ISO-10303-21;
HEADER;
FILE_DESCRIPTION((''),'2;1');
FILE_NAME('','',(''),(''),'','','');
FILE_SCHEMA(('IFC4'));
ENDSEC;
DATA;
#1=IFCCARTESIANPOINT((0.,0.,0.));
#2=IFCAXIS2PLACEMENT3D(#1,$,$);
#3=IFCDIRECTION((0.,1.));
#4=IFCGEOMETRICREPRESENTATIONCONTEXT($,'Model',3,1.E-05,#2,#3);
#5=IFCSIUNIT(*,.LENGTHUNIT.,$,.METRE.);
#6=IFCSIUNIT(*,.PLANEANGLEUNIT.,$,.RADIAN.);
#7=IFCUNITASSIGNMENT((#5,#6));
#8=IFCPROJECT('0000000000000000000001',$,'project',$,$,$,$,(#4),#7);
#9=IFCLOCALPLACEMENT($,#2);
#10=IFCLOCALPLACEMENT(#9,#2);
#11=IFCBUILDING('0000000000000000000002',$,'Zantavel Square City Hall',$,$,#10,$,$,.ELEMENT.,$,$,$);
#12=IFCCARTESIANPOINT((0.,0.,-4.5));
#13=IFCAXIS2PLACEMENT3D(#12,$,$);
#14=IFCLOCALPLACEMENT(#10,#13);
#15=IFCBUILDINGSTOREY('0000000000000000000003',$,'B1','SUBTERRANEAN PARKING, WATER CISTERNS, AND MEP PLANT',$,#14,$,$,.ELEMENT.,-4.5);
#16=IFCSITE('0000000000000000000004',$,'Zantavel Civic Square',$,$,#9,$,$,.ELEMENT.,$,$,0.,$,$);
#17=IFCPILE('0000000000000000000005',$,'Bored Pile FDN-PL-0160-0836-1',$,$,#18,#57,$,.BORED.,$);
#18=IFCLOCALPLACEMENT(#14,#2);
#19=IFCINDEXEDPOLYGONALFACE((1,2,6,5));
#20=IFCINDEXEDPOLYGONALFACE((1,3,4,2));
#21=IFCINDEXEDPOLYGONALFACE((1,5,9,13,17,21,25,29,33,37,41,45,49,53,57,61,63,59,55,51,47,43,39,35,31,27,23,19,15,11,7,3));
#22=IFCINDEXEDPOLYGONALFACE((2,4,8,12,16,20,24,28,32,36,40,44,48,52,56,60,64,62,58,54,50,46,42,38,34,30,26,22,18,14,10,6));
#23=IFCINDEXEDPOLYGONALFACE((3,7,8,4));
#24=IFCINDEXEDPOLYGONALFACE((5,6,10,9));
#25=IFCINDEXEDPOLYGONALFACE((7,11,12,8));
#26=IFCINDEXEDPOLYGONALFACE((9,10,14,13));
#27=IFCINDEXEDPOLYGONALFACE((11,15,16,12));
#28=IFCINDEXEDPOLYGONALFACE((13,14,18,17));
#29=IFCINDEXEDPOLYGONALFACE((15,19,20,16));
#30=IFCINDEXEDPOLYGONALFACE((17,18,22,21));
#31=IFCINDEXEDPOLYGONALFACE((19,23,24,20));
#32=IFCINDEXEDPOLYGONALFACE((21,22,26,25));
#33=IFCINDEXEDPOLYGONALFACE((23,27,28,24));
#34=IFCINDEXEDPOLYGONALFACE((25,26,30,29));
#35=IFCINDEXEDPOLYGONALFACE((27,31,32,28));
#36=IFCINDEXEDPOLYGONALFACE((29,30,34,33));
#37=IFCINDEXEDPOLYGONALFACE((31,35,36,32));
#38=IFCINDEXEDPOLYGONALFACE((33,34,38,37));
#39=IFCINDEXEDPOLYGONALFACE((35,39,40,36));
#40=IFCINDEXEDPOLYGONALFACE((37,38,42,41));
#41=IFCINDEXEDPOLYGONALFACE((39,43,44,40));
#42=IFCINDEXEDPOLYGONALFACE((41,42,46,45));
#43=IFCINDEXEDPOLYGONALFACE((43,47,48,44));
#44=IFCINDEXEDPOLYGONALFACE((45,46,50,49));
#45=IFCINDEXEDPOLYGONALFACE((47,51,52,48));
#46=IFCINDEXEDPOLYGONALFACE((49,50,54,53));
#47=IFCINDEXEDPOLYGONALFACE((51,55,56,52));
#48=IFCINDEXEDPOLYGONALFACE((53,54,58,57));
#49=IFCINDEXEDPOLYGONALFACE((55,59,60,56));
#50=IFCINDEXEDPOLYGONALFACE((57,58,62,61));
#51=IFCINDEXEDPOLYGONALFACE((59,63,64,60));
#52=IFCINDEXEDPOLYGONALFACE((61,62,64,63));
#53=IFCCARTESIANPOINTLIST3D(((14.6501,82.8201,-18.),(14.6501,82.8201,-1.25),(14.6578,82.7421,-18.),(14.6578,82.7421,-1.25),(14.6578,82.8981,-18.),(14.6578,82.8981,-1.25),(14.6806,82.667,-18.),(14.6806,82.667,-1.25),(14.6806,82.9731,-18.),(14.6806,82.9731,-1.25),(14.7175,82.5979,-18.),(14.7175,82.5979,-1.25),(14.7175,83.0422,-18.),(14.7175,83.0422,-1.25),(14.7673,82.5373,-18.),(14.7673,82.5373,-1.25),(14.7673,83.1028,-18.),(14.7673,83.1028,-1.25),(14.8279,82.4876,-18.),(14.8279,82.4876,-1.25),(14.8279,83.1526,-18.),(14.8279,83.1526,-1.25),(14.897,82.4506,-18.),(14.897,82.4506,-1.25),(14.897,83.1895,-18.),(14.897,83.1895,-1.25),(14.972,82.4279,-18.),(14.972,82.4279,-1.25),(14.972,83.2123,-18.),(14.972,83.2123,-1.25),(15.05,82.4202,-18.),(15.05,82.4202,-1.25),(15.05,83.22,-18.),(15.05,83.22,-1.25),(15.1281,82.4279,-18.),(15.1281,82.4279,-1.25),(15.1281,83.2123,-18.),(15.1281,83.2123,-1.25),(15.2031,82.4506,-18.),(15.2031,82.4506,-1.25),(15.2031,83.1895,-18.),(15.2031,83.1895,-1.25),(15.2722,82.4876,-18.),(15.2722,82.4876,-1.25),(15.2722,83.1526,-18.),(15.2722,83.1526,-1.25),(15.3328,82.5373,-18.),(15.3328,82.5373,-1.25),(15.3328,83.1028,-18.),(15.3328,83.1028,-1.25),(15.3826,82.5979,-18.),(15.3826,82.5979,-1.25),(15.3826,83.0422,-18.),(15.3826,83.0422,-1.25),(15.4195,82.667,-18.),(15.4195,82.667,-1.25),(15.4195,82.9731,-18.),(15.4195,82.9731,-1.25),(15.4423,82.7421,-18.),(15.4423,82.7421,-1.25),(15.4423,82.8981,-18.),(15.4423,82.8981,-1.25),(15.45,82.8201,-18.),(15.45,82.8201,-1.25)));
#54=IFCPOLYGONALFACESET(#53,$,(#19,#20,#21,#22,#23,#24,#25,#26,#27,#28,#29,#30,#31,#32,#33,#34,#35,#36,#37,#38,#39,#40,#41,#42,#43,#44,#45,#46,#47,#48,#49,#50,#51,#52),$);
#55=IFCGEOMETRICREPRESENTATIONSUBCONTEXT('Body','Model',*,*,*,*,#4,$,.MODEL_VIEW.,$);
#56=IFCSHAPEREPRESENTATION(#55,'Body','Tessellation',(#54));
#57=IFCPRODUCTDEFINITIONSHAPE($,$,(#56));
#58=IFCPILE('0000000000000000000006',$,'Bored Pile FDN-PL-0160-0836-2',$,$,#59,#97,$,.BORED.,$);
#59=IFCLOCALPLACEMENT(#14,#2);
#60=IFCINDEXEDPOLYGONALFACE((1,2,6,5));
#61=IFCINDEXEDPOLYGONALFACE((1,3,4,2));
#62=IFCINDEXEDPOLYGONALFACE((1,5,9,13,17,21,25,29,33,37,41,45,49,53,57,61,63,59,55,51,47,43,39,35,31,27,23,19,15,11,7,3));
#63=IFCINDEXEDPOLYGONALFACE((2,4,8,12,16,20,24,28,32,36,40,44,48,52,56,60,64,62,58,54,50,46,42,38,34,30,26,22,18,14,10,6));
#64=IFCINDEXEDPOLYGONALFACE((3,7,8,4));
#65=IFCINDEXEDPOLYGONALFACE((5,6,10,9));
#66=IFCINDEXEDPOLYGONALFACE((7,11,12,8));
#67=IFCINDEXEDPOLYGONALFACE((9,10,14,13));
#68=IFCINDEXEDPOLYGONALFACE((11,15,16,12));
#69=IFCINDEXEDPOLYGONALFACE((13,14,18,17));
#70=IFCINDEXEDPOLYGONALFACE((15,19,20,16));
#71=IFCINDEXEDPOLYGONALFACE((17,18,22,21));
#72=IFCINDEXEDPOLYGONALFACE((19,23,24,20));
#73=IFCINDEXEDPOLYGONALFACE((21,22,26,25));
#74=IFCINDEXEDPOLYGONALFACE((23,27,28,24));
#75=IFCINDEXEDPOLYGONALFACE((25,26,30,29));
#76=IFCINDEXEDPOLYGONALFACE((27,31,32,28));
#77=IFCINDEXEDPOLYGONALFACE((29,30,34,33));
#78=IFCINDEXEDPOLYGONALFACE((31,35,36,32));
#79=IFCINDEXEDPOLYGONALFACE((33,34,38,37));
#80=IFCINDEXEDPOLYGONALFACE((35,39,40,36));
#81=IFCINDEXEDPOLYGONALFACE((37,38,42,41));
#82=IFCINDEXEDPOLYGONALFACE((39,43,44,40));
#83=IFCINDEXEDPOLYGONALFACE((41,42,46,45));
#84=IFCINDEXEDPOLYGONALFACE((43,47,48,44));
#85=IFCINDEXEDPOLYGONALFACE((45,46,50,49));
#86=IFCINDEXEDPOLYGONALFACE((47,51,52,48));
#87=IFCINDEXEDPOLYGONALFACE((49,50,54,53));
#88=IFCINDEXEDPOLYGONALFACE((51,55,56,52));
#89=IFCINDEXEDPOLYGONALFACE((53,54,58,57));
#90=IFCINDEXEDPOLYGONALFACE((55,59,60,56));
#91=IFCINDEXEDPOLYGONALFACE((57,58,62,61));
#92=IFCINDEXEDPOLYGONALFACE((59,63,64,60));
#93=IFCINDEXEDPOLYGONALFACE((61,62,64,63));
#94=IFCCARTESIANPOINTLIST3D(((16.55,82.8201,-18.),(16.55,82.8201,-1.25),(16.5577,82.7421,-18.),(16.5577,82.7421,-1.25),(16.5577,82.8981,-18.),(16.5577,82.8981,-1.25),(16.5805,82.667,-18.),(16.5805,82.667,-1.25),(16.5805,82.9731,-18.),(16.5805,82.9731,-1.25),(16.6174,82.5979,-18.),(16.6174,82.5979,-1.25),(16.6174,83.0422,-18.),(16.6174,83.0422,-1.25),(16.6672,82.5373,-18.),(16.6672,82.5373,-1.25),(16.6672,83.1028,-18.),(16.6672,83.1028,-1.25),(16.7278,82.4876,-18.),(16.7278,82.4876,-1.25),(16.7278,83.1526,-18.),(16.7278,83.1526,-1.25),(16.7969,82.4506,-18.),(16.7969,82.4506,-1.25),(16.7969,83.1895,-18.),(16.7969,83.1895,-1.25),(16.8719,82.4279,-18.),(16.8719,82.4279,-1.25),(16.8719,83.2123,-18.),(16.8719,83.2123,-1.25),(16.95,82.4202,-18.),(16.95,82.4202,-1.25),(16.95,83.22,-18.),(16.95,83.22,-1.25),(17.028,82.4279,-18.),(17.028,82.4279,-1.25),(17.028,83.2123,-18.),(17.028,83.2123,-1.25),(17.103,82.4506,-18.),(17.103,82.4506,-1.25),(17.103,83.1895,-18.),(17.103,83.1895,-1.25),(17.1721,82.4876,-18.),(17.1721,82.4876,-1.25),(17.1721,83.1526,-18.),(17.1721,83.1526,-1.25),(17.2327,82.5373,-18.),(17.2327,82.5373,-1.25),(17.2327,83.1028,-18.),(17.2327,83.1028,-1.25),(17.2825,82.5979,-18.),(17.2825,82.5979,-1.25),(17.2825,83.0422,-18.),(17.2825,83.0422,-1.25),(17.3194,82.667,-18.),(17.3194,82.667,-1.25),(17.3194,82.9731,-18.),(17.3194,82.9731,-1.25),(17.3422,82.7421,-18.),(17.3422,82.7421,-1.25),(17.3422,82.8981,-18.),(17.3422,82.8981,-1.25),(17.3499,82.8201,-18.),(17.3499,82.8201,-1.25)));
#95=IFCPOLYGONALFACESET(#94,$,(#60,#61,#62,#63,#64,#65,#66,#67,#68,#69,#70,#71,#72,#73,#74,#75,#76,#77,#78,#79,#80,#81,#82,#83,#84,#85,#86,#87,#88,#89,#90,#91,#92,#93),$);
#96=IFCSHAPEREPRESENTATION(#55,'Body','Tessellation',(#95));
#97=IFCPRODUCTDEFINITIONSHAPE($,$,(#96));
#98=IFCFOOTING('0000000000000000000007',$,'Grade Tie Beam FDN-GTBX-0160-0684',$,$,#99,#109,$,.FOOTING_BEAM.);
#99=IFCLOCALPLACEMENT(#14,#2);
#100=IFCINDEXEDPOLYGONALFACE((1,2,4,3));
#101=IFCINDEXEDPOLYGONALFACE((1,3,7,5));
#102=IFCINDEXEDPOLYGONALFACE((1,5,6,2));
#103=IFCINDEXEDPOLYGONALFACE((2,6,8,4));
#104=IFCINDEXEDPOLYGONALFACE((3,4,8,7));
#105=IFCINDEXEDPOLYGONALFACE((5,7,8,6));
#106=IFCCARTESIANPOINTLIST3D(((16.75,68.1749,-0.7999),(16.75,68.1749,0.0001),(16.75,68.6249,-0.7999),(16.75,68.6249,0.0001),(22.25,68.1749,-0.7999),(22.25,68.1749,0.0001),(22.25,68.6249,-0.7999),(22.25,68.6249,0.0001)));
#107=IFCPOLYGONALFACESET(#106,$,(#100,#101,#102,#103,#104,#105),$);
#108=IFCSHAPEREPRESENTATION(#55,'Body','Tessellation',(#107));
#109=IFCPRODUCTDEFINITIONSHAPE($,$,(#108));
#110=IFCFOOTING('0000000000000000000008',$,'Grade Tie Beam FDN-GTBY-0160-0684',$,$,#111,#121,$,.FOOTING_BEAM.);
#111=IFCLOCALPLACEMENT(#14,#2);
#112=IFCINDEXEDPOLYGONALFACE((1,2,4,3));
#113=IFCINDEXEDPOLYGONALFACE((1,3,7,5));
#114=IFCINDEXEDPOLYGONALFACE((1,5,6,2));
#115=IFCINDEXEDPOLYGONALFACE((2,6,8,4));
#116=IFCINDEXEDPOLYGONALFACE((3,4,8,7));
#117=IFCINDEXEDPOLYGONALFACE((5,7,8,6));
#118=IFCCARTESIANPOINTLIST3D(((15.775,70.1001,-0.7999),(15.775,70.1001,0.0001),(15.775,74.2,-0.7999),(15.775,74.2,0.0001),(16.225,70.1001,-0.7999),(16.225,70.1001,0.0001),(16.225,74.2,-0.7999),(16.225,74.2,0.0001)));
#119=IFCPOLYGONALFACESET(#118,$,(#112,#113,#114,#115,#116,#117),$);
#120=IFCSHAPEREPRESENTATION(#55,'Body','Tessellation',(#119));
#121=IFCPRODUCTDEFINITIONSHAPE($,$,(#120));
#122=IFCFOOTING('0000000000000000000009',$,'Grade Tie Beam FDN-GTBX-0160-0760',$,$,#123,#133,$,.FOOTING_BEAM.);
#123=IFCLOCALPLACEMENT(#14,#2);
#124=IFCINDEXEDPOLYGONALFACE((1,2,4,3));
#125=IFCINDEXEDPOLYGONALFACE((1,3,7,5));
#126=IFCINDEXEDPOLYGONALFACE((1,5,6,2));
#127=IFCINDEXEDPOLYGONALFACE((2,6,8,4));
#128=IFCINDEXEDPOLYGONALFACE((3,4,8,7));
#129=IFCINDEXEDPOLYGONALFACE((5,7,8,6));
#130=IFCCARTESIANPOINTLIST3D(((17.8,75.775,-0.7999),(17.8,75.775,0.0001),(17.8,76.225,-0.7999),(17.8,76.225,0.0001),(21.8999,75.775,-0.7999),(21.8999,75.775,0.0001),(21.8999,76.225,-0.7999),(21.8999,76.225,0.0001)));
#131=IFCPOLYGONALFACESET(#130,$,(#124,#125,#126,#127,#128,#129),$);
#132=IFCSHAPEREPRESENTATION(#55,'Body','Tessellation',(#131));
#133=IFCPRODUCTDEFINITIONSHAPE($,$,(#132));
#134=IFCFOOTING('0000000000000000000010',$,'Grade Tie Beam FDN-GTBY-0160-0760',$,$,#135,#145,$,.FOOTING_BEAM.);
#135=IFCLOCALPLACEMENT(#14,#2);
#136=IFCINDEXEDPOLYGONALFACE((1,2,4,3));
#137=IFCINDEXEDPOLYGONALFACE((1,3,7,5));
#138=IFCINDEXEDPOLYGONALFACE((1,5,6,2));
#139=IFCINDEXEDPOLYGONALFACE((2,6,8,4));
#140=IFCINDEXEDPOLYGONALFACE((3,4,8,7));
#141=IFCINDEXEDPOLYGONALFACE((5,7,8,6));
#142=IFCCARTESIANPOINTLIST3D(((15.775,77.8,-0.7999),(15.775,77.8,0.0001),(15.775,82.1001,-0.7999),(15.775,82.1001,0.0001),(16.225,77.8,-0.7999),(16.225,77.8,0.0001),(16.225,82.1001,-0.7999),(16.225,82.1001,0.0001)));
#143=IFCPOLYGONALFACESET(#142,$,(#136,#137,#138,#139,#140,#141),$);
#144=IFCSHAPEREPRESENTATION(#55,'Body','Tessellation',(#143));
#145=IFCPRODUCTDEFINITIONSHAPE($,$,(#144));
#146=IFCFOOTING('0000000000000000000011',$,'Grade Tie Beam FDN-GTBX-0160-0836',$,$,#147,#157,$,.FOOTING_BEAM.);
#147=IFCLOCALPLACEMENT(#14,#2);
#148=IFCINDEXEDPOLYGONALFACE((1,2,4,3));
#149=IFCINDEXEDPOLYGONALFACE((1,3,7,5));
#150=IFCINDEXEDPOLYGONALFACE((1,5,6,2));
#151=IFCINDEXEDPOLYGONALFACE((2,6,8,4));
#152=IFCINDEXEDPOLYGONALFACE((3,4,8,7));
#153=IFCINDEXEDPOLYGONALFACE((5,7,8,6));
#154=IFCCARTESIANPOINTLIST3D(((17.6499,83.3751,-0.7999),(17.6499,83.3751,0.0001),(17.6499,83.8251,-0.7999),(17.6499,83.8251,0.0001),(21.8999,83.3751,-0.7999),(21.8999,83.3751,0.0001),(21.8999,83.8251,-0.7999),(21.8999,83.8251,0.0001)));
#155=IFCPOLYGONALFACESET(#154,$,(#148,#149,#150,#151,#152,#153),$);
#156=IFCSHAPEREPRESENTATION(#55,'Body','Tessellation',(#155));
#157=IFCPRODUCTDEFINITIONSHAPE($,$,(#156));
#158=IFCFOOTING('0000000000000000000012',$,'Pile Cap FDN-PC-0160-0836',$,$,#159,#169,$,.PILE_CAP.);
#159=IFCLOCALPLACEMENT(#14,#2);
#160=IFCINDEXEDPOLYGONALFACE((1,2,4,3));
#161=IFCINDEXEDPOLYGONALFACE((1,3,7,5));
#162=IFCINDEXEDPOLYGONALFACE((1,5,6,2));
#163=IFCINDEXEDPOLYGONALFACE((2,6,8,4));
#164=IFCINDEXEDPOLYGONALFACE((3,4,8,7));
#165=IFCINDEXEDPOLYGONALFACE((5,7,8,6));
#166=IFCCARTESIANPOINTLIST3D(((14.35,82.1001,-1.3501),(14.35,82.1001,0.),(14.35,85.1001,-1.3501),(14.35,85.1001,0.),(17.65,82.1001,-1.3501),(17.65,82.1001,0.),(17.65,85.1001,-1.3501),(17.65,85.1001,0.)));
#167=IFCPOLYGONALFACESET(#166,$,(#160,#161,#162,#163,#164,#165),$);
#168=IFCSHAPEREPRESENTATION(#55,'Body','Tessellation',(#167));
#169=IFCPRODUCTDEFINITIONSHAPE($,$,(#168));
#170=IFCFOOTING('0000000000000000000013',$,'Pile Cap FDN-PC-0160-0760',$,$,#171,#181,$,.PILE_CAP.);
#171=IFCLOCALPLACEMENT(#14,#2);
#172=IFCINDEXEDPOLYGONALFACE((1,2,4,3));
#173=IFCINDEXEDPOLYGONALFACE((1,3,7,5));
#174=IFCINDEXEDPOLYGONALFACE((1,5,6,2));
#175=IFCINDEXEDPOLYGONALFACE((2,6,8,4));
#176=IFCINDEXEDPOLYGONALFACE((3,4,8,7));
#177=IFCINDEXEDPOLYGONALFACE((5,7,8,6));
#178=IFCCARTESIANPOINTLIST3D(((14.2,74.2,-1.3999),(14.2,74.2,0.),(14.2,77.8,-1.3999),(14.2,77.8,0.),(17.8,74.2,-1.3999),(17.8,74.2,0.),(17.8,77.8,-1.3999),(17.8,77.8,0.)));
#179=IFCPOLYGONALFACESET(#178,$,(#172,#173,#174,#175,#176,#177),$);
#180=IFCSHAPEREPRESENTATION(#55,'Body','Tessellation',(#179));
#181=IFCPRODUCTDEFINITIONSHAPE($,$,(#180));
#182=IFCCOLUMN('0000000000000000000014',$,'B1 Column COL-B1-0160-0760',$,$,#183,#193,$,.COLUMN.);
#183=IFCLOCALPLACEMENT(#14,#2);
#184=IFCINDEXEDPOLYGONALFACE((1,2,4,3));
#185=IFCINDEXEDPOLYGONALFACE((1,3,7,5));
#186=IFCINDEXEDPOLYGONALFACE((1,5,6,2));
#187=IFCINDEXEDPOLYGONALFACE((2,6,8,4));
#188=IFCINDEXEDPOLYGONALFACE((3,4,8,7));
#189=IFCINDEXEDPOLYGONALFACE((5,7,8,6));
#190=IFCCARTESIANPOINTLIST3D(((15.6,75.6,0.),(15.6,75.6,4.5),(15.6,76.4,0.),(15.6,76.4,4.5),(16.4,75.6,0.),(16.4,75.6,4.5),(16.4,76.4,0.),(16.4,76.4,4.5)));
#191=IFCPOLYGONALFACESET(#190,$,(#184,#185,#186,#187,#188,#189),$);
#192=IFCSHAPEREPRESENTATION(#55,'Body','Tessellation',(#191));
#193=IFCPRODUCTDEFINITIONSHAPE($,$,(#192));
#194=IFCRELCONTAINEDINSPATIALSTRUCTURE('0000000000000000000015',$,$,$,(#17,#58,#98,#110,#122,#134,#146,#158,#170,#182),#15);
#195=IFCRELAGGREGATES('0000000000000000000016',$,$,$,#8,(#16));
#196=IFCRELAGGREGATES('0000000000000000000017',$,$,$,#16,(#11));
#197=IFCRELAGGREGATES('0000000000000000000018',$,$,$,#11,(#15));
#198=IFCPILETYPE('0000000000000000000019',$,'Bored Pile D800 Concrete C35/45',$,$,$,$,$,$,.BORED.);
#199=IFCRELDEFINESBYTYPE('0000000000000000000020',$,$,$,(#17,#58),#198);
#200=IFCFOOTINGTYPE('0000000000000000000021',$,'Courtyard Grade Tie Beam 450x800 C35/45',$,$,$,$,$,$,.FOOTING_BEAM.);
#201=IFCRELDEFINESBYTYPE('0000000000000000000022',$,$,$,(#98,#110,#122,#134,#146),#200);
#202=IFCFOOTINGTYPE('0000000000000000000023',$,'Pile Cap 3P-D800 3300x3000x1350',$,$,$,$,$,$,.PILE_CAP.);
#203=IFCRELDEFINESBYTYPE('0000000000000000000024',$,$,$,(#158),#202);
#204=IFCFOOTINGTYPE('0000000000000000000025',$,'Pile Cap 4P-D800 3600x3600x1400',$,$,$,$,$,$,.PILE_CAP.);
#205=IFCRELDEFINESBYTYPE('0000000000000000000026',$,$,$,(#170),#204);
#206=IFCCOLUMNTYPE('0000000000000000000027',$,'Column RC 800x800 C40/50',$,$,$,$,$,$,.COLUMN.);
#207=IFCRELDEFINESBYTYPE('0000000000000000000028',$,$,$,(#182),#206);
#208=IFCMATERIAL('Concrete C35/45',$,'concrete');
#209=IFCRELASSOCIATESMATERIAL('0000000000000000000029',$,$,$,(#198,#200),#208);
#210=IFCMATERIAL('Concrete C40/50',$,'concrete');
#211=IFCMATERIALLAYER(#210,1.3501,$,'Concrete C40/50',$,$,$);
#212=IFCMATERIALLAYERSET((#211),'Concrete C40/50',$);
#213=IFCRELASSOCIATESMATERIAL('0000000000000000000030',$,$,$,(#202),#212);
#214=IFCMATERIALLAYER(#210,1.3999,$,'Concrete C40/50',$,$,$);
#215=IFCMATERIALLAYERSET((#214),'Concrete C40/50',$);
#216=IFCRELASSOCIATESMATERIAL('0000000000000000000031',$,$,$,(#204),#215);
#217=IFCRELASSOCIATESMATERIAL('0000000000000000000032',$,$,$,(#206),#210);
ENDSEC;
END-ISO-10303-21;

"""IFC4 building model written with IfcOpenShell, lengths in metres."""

from ifc_helpers import new_model, si_unit, direction, frame, origin, origin_2d, place, context, subcontext, project, spatial, rectangle, circle, extrude, material, layer, layer_set, material_profile, profile_set, type_object, element, save


model = new_model("IFC4")

# Units and contexts
model_context = context("Model", 3, precision=1e-05, world=origin(), true_north=direction((0.0, 1.0)))
body_context = subcontext(model_context, "Body", "Model", "MODEL_VIEW")
ifc_project = project(units=[si_unit("LENGTHUNIT", "METRE"), si_unit("PLANEANGLEUNIT", "RADIAN")], contexts=[model_context])

# Site, building, storey
site_placement = place(None, origin())
site = spatial("IfcSite", under=ifc_project, at=site_placement, Name="Zantavel Civic Square", CompositionType="ELEMENT", RefElevation=0.0)
building_placement = place(site_placement, origin())
building = spatial("IfcBuilding", under=site, at=building_placement, Name="Zantavel Square City Hall", CompositionType="ELEMENT")
storey_placement = place(building_placement, frame((0.0, 0.0, -4.5)))
storey = spatial("IfcBuildingStorey", under=building, at=storey_placement, Name="B1", Description="SUBTERRANEAN PARKING, WATER CISTERNS, AND MEP PLANT", CompositionType="ELEMENT", Elevation=-4.5)

# Piles
ifc_material_1 = material(Name="Concrete C35/45", Category="concrete")
ifc_material_profile_1 = material_profile(ifc_material_1, circle(Radius=0.3999, at=origin_2d()), Name="PILE D800")
ifc_profile_set_1 = profile_set([ifc_material_profile_1], Name="Concrete C35/45")
pile_type = type_object("IfcPileType", Name="Bored Pile D800 Concrete C35/45", PredefinedType="BORED", material=ifc_profile_set_1)
for number, where, z_axis, x_axis, name in (
    (1, (15.05, 82.8201, -1.25), (0.0, 0.0, -1.0), (1.0, 0.0, 0.0), "Bored Pile FDN-PL-0160-0836-1"),
    (2, (16.95, 82.8201, -1.25), (0.0, 0.0, -1.0), (1.0, 0.0, 0.0), "Bored Pile FDN-PL-0160-0836-2"),
):
    element("IfcPile", number, at=place(storey_placement, frame(where, z_axis=z_axis, x_axis=x_axis)), inside=storey, type_object=pile_type, Name=name, PredefinedType="BORED", context=body_context, shape_type="SweptSolid", body=[
        extrude(circle(Radius=0.3999, at=origin_2d()), origin(), (0.0, 0.0, 1.0), 16.75),
    ])

# Footings
ifc_material_profile_2 = material_profile(ifc_material_1, rectangle(XDim=0.45, YDim=0.8, at=origin_2d()), Name="RC 450x800")
ifc_profile_set_2 = profile_set([ifc_material_profile_2], Name="Concrete C35/45")
footing_type_1 = type_object("IfcFootingType", Name="Courtyard Grade Tie Beam 450x800 C35/45", PredefinedType="FOOTING_BEAM", material=ifc_profile_set_2)
footing_1_placement = place(storey_placement, frame((16.75, 68.3999, -0.3999), z_axis=(1.0, 0.0, 0.0), x_axis=(0.0, 1.0, 0.0)))
element("IfcFooting", 3, at=footing_1_placement, inside=storey, type_object=footing_type_1, Name="Grade Tie Beam FDN-GTBX-0160-0684", PredefinedType="FOOTING_BEAM", context=body_context, shape_type="SweptSolid", body=[
    extrude(rectangle(XDim=0.45, YDim=0.8, at=origin_2d()), origin(), (0.0, 0.0, 1.0), 5.5),
])
for number, where, z_axis, x_axis, name in (
    (4, (16.0, 70.1001, -0.3999), (0.0, 1.0, 0.0), (-1.0, 0.0, 0.0), "Grade Tie Beam FDN-GTBY-0160-0684"),
    (5, (17.8, 76.0, -0.3999), (1.0, 0.0, 0.0), (0.0, 1.0, 0.0), "Grade Tie Beam FDN-GTBX-0160-0760"),
):
    element("IfcFooting", number, at=place(storey_placement, frame(where, z_axis=z_axis, x_axis=x_axis)), inside=storey, type_object=footing_type_1, Name=name, PredefinedType="FOOTING_BEAM", context=body_context, shape_type="SweptSolid", body=[
        extrude(rectangle(XDim=0.45, YDim=0.8, at=origin_2d()), origin(), (0.0, 0.0, 1.0), 4.0999),
    ])
footing_2_placement = place(storey_placement, frame((16.0, 77.8, -0.3999), z_axis=(0.0, 1.0, 0.0), x_axis=(-1.0, 0.0, 0.0)))
element("IfcFooting", 6, at=footing_2_placement, inside=storey, type_object=footing_type_1, Name="Grade Tie Beam FDN-GTBY-0160-0760", PredefinedType="FOOTING_BEAM", context=body_context, shape_type="SweptSolid", body=[
    extrude(rectangle(XDim=0.45, YDim=0.8, at=origin_2d()), origin(), (0.0, 0.0, 1.0), 4.3),
])
footing_3_placement = place(storey_placement, frame((17.6499, 83.6001, -0.3999), z_axis=(1.0, 0.0, 0.0), x_axis=(0.0, 1.0, 0.0)))
element("IfcFooting", 7, at=footing_3_placement, inside=storey, type_object=footing_type_1, Name="Grade Tie Beam FDN-GTBX-0160-0836", PredefinedType="FOOTING_BEAM", context=body_context, shape_type="SweptSolid", body=[
    extrude(rectangle(XDim=0.45, YDim=0.8, at=origin_2d()), origin(), (0.0, 0.0, 1.0), 4.25),
])
ifc_material_2 = material(Name="Concrete C40/50", Category="concrete")
ifc_layer_1 = layer(ifc_material_2, 1.3501, Name="Concrete C40/50")
ifc_layer_set_1 = layer_set([ifc_layer_1], Name="Concrete C40/50")
footing_type_2 = type_object("IfcFootingType", Name="Pile Cap 3P-D800 3300x3000x1350", PredefinedType="PILE_CAP", material=ifc_layer_set_1)
footing_4_placement = place(storey_placement, frame((16.0, 83.6001, -1.3501), z_axis=(0.0, 0.0, 1.0), x_axis=(1.0, 0.0, 0.0)))
element("IfcFooting", 8, at=footing_4_placement, inside=storey, type_object=footing_type_2, Name="Pile Cap FDN-PC-0160-0836", PredefinedType="PILE_CAP", context=body_context, shape_type="SweptSolid", body=[
    extrude(rectangle(XDim=3.3, YDim=3.0, at=origin_2d()), origin(), (0.0, 0.0, 1.0), 1.3501),
])
ifc_layer_2 = layer(ifc_material_2, 1.3999, Name="Concrete C40/50")
ifc_layer_set_2 = layer_set([ifc_layer_2], Name="Concrete C40/50")
footing_type_3 = type_object("IfcFootingType", Name="Pile Cap 4P-D800 3600x3600x1400", PredefinedType="PILE_CAP", material=ifc_layer_set_2)
footing_5_placement = place(storey_placement, frame((16.0, 76.0, -1.3999), z_axis=(0.0, 0.0, 1.0), x_axis=(1.0, 0.0, 0.0)))
element("IfcFooting", 9, at=footing_5_placement, inside=storey, type_object=footing_type_3, Name="Pile Cap FDN-PC-0160-0760", PredefinedType="PILE_CAP", context=body_context, shape_type="SweptSolid", body=[
    extrude(rectangle(XDim=3.6001, YDim=3.6001, at=origin_2d()), origin(), (0.0, 0.0, 1.0), 1.3999),
])

# Column
ifc_material_profile_3 = material_profile(ifc_material_2, rectangle(XDim=0.8, YDim=0.8, at=origin_2d()), Name="RC 800x800")
ifc_profile_set_3 = profile_set([ifc_material_profile_3], Name="Concrete C40/50")
column_type = type_object("IfcColumnType", Name="Column RC 800x800 C40/50", PredefinedType="COLUMN", material=ifc_profile_set_3)
for number, where, z_axis, x_axis, name in (
    (10, (16.0, 76.0, 0.0), (0.0, 0.0, 1.0), (1.0, 0.0, 0.0), "B1 Column COL-B1-0160-0760"),
):
    element("IfcColumn", number, at=place(storey_placement, frame(where, z_axis=z_axis, x_axis=x_axis)), inside=storey, type_object=column_type, Name=name, PredefinedType="COLUMN", context=body_context, shape_type="SweptSolid", body=[
        extrude(rectangle(XDim=0.8, YDim=0.8, at=origin_2d()), origin(), (0.0, 0.0, 1.0), 4.5),
    ])

save(model, "model.ifc")
